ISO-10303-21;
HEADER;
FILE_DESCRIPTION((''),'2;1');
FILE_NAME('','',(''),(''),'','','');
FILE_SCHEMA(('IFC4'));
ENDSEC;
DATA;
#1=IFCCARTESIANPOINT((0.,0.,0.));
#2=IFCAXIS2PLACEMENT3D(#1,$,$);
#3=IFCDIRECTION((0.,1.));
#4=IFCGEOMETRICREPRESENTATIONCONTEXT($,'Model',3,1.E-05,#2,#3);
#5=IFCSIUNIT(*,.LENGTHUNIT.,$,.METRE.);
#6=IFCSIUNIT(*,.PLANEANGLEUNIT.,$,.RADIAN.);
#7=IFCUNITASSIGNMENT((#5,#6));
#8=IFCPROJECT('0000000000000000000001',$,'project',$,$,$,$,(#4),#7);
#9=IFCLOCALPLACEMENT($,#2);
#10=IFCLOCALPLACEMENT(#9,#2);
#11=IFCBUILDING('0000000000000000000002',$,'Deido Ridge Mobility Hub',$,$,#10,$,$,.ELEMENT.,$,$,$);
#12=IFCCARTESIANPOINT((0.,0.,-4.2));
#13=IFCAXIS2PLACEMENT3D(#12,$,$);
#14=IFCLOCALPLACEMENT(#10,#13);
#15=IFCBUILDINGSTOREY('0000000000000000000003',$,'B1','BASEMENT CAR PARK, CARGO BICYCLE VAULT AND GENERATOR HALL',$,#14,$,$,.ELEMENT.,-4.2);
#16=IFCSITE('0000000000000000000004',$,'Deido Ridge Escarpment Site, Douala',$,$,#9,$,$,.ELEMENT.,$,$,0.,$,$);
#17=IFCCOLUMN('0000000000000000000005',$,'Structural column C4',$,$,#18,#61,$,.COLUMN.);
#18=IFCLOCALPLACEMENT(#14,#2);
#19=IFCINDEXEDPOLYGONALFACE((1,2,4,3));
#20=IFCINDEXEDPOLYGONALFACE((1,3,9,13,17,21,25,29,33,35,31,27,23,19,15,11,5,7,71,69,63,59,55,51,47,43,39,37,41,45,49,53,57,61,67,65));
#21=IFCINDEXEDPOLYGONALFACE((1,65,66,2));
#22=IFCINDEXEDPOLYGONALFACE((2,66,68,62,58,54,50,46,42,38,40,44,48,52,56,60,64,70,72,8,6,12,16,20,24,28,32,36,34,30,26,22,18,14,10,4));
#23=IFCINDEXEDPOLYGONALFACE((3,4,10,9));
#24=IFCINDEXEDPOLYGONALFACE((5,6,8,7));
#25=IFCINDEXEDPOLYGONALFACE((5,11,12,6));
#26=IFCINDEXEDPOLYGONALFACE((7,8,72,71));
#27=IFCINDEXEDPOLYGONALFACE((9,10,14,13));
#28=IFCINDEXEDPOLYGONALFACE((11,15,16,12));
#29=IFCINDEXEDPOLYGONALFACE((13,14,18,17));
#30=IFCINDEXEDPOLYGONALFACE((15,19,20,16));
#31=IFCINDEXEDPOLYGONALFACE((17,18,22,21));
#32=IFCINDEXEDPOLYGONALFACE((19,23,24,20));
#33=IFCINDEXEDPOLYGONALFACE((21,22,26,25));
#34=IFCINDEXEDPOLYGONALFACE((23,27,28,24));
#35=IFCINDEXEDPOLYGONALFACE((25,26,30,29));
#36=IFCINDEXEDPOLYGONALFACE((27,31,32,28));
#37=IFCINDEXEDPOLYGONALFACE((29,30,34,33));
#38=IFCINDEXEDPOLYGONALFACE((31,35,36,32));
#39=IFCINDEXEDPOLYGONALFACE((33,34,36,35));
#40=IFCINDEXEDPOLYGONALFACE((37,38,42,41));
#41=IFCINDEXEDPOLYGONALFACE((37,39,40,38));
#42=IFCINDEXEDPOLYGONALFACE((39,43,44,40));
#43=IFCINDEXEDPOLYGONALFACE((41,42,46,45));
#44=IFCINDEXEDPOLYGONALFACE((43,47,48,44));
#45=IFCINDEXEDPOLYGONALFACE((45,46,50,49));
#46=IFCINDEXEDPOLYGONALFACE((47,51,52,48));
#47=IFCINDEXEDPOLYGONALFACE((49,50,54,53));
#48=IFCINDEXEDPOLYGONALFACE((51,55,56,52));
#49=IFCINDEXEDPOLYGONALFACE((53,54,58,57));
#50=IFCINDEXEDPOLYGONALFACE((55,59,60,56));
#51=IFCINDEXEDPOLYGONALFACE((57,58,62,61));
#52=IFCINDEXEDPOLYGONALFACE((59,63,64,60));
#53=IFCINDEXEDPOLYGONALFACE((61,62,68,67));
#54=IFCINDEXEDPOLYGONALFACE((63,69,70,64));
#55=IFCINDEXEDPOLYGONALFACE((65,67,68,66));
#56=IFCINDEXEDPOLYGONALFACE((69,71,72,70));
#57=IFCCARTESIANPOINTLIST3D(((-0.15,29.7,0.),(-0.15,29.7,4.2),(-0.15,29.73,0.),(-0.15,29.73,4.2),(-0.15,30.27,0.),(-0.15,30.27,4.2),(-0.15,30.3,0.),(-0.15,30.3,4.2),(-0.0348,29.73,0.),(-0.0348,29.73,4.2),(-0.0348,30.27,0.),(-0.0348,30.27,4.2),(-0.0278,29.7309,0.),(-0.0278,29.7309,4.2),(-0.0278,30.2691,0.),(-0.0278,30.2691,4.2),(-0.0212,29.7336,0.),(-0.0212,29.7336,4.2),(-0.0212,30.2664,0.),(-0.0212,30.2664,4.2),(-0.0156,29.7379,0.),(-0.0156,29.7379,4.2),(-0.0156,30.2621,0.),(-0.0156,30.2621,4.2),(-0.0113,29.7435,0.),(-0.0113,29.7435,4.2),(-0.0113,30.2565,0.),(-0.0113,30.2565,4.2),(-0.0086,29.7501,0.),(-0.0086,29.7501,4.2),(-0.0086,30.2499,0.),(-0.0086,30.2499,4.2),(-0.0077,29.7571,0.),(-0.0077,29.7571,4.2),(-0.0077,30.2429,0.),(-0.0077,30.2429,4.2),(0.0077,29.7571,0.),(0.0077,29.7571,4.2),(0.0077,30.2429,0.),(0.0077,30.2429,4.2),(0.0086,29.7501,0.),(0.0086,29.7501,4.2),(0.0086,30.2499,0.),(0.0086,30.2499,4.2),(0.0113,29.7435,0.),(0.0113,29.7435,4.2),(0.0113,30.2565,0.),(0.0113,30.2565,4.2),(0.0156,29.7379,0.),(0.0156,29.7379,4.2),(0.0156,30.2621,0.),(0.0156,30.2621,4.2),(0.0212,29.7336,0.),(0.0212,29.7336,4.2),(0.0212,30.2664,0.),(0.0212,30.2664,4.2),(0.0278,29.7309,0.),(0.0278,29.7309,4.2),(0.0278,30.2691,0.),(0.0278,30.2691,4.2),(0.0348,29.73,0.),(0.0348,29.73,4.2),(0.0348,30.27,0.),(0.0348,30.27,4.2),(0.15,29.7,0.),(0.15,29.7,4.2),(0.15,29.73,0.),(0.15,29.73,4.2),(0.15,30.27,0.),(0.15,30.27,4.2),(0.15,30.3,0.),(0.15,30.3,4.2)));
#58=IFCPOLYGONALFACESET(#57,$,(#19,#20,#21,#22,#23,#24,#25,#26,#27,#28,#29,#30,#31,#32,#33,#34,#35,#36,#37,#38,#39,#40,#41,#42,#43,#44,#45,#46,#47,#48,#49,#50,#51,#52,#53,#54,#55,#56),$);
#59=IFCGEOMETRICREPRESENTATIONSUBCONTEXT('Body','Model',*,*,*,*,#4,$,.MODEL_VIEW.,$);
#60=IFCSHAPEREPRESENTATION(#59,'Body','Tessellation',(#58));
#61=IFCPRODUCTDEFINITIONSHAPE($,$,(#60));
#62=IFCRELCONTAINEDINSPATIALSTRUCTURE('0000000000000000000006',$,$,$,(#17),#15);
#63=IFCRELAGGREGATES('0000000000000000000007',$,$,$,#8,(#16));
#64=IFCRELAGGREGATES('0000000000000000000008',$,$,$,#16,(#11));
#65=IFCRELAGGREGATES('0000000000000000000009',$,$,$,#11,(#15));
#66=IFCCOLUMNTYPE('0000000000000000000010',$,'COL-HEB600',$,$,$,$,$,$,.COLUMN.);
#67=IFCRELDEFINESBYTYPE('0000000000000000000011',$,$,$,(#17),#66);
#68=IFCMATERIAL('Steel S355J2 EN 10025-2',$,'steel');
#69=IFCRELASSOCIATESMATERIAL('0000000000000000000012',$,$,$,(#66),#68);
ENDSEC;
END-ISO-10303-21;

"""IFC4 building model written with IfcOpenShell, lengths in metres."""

from ifc_helpers import new_model, si_unit, direction, frame, origin, origin_2d, place, context, subcontext, project, spatial, i_section, extrude, material, material_profile, profile_set, type_object, element, save


model = new_model("IFC4")

# Units and contexts
model_context = context("Model", 3, precision=1e-05, world=origin(), true_north=direction((0.0, 1.0)))
body_context = subcontext(model_context, "Body", "Model", "MODEL_VIEW")
ifc_project = project(units=[si_unit("LENGTHUNIT", "METRE"), si_unit("PLANEANGLEUNIT", "RADIAN")], contexts=[model_context])

# Site, building, storey
site_placement = place(None, origin())
site = spatial("IfcSite", under=ifc_project, at=site_placement, Name="Deido Ridge Escarpment Site, Douala", CompositionType="ELEMENT", RefElevation=0.0)
building_placement = place(site_placement, origin())
building = spatial("IfcBuilding", under=site, at=building_placement, Name="Deido Ridge Mobility Hub", CompositionType="ELEMENT")
storey_placement = place(building_placement, frame((0.0, 0.0, -4.2)))
storey = spatial("IfcBuildingStorey", under=building, at=storey_placement, Name="B1", Description="BASEMENT CAR PARK, CARGO BICYCLE VAULT AND GENERATOR HALL", CompositionType="ELEMENT", Elevation=-4.2)

# Column
ifc_material_1 = material(Name="Steel S355J2 EN 10025-2", Category="steel")
ifc_material_profile_1 = material_profile(ifc_material_1, i_section(OverallWidth=0.3, OverallDepth=0.6001, WebThickness=0.0154, FlangeThickness=0.03, FilletRadius=0.0271, at=origin_2d()), Name="HEB 600")
ifc_profile_set_1 = profile_set([ifc_material_profile_1], Name="Steel S355J2 EN 10025-2")
column_type_1 = type_object("IfcColumnType", Name="COL-HEB600", PredefinedType="COLUMN", material=ifc_profile_set_1)
for number, where, z_axis, x_axis, name in (
    (1, (0.0, 30.0, 0.0), (0.0, 0.0, 1.0), (1.0, 0.0, 0.0), "Structural column C4"),
):
    element("IfcColumn", number, at=place(storey_placement, frame(where, z_axis=z_axis, x_axis=x_axis)), inside=storey, type_object=column_type_1, Name=name, PredefinedType="COLUMN", context=body_context, shape_type="SweptSolid", body=[
        extrude(i_section(OverallWidth=0.3, OverallDepth=0.6001, WebThickness=0.0154, FlangeThickness=0.03, FilletRadius=0.0271, at=origin_2d()), origin(), (0.0, 0.0, 1.0), 4.2),
    ])

save(model, "model.ifc")
